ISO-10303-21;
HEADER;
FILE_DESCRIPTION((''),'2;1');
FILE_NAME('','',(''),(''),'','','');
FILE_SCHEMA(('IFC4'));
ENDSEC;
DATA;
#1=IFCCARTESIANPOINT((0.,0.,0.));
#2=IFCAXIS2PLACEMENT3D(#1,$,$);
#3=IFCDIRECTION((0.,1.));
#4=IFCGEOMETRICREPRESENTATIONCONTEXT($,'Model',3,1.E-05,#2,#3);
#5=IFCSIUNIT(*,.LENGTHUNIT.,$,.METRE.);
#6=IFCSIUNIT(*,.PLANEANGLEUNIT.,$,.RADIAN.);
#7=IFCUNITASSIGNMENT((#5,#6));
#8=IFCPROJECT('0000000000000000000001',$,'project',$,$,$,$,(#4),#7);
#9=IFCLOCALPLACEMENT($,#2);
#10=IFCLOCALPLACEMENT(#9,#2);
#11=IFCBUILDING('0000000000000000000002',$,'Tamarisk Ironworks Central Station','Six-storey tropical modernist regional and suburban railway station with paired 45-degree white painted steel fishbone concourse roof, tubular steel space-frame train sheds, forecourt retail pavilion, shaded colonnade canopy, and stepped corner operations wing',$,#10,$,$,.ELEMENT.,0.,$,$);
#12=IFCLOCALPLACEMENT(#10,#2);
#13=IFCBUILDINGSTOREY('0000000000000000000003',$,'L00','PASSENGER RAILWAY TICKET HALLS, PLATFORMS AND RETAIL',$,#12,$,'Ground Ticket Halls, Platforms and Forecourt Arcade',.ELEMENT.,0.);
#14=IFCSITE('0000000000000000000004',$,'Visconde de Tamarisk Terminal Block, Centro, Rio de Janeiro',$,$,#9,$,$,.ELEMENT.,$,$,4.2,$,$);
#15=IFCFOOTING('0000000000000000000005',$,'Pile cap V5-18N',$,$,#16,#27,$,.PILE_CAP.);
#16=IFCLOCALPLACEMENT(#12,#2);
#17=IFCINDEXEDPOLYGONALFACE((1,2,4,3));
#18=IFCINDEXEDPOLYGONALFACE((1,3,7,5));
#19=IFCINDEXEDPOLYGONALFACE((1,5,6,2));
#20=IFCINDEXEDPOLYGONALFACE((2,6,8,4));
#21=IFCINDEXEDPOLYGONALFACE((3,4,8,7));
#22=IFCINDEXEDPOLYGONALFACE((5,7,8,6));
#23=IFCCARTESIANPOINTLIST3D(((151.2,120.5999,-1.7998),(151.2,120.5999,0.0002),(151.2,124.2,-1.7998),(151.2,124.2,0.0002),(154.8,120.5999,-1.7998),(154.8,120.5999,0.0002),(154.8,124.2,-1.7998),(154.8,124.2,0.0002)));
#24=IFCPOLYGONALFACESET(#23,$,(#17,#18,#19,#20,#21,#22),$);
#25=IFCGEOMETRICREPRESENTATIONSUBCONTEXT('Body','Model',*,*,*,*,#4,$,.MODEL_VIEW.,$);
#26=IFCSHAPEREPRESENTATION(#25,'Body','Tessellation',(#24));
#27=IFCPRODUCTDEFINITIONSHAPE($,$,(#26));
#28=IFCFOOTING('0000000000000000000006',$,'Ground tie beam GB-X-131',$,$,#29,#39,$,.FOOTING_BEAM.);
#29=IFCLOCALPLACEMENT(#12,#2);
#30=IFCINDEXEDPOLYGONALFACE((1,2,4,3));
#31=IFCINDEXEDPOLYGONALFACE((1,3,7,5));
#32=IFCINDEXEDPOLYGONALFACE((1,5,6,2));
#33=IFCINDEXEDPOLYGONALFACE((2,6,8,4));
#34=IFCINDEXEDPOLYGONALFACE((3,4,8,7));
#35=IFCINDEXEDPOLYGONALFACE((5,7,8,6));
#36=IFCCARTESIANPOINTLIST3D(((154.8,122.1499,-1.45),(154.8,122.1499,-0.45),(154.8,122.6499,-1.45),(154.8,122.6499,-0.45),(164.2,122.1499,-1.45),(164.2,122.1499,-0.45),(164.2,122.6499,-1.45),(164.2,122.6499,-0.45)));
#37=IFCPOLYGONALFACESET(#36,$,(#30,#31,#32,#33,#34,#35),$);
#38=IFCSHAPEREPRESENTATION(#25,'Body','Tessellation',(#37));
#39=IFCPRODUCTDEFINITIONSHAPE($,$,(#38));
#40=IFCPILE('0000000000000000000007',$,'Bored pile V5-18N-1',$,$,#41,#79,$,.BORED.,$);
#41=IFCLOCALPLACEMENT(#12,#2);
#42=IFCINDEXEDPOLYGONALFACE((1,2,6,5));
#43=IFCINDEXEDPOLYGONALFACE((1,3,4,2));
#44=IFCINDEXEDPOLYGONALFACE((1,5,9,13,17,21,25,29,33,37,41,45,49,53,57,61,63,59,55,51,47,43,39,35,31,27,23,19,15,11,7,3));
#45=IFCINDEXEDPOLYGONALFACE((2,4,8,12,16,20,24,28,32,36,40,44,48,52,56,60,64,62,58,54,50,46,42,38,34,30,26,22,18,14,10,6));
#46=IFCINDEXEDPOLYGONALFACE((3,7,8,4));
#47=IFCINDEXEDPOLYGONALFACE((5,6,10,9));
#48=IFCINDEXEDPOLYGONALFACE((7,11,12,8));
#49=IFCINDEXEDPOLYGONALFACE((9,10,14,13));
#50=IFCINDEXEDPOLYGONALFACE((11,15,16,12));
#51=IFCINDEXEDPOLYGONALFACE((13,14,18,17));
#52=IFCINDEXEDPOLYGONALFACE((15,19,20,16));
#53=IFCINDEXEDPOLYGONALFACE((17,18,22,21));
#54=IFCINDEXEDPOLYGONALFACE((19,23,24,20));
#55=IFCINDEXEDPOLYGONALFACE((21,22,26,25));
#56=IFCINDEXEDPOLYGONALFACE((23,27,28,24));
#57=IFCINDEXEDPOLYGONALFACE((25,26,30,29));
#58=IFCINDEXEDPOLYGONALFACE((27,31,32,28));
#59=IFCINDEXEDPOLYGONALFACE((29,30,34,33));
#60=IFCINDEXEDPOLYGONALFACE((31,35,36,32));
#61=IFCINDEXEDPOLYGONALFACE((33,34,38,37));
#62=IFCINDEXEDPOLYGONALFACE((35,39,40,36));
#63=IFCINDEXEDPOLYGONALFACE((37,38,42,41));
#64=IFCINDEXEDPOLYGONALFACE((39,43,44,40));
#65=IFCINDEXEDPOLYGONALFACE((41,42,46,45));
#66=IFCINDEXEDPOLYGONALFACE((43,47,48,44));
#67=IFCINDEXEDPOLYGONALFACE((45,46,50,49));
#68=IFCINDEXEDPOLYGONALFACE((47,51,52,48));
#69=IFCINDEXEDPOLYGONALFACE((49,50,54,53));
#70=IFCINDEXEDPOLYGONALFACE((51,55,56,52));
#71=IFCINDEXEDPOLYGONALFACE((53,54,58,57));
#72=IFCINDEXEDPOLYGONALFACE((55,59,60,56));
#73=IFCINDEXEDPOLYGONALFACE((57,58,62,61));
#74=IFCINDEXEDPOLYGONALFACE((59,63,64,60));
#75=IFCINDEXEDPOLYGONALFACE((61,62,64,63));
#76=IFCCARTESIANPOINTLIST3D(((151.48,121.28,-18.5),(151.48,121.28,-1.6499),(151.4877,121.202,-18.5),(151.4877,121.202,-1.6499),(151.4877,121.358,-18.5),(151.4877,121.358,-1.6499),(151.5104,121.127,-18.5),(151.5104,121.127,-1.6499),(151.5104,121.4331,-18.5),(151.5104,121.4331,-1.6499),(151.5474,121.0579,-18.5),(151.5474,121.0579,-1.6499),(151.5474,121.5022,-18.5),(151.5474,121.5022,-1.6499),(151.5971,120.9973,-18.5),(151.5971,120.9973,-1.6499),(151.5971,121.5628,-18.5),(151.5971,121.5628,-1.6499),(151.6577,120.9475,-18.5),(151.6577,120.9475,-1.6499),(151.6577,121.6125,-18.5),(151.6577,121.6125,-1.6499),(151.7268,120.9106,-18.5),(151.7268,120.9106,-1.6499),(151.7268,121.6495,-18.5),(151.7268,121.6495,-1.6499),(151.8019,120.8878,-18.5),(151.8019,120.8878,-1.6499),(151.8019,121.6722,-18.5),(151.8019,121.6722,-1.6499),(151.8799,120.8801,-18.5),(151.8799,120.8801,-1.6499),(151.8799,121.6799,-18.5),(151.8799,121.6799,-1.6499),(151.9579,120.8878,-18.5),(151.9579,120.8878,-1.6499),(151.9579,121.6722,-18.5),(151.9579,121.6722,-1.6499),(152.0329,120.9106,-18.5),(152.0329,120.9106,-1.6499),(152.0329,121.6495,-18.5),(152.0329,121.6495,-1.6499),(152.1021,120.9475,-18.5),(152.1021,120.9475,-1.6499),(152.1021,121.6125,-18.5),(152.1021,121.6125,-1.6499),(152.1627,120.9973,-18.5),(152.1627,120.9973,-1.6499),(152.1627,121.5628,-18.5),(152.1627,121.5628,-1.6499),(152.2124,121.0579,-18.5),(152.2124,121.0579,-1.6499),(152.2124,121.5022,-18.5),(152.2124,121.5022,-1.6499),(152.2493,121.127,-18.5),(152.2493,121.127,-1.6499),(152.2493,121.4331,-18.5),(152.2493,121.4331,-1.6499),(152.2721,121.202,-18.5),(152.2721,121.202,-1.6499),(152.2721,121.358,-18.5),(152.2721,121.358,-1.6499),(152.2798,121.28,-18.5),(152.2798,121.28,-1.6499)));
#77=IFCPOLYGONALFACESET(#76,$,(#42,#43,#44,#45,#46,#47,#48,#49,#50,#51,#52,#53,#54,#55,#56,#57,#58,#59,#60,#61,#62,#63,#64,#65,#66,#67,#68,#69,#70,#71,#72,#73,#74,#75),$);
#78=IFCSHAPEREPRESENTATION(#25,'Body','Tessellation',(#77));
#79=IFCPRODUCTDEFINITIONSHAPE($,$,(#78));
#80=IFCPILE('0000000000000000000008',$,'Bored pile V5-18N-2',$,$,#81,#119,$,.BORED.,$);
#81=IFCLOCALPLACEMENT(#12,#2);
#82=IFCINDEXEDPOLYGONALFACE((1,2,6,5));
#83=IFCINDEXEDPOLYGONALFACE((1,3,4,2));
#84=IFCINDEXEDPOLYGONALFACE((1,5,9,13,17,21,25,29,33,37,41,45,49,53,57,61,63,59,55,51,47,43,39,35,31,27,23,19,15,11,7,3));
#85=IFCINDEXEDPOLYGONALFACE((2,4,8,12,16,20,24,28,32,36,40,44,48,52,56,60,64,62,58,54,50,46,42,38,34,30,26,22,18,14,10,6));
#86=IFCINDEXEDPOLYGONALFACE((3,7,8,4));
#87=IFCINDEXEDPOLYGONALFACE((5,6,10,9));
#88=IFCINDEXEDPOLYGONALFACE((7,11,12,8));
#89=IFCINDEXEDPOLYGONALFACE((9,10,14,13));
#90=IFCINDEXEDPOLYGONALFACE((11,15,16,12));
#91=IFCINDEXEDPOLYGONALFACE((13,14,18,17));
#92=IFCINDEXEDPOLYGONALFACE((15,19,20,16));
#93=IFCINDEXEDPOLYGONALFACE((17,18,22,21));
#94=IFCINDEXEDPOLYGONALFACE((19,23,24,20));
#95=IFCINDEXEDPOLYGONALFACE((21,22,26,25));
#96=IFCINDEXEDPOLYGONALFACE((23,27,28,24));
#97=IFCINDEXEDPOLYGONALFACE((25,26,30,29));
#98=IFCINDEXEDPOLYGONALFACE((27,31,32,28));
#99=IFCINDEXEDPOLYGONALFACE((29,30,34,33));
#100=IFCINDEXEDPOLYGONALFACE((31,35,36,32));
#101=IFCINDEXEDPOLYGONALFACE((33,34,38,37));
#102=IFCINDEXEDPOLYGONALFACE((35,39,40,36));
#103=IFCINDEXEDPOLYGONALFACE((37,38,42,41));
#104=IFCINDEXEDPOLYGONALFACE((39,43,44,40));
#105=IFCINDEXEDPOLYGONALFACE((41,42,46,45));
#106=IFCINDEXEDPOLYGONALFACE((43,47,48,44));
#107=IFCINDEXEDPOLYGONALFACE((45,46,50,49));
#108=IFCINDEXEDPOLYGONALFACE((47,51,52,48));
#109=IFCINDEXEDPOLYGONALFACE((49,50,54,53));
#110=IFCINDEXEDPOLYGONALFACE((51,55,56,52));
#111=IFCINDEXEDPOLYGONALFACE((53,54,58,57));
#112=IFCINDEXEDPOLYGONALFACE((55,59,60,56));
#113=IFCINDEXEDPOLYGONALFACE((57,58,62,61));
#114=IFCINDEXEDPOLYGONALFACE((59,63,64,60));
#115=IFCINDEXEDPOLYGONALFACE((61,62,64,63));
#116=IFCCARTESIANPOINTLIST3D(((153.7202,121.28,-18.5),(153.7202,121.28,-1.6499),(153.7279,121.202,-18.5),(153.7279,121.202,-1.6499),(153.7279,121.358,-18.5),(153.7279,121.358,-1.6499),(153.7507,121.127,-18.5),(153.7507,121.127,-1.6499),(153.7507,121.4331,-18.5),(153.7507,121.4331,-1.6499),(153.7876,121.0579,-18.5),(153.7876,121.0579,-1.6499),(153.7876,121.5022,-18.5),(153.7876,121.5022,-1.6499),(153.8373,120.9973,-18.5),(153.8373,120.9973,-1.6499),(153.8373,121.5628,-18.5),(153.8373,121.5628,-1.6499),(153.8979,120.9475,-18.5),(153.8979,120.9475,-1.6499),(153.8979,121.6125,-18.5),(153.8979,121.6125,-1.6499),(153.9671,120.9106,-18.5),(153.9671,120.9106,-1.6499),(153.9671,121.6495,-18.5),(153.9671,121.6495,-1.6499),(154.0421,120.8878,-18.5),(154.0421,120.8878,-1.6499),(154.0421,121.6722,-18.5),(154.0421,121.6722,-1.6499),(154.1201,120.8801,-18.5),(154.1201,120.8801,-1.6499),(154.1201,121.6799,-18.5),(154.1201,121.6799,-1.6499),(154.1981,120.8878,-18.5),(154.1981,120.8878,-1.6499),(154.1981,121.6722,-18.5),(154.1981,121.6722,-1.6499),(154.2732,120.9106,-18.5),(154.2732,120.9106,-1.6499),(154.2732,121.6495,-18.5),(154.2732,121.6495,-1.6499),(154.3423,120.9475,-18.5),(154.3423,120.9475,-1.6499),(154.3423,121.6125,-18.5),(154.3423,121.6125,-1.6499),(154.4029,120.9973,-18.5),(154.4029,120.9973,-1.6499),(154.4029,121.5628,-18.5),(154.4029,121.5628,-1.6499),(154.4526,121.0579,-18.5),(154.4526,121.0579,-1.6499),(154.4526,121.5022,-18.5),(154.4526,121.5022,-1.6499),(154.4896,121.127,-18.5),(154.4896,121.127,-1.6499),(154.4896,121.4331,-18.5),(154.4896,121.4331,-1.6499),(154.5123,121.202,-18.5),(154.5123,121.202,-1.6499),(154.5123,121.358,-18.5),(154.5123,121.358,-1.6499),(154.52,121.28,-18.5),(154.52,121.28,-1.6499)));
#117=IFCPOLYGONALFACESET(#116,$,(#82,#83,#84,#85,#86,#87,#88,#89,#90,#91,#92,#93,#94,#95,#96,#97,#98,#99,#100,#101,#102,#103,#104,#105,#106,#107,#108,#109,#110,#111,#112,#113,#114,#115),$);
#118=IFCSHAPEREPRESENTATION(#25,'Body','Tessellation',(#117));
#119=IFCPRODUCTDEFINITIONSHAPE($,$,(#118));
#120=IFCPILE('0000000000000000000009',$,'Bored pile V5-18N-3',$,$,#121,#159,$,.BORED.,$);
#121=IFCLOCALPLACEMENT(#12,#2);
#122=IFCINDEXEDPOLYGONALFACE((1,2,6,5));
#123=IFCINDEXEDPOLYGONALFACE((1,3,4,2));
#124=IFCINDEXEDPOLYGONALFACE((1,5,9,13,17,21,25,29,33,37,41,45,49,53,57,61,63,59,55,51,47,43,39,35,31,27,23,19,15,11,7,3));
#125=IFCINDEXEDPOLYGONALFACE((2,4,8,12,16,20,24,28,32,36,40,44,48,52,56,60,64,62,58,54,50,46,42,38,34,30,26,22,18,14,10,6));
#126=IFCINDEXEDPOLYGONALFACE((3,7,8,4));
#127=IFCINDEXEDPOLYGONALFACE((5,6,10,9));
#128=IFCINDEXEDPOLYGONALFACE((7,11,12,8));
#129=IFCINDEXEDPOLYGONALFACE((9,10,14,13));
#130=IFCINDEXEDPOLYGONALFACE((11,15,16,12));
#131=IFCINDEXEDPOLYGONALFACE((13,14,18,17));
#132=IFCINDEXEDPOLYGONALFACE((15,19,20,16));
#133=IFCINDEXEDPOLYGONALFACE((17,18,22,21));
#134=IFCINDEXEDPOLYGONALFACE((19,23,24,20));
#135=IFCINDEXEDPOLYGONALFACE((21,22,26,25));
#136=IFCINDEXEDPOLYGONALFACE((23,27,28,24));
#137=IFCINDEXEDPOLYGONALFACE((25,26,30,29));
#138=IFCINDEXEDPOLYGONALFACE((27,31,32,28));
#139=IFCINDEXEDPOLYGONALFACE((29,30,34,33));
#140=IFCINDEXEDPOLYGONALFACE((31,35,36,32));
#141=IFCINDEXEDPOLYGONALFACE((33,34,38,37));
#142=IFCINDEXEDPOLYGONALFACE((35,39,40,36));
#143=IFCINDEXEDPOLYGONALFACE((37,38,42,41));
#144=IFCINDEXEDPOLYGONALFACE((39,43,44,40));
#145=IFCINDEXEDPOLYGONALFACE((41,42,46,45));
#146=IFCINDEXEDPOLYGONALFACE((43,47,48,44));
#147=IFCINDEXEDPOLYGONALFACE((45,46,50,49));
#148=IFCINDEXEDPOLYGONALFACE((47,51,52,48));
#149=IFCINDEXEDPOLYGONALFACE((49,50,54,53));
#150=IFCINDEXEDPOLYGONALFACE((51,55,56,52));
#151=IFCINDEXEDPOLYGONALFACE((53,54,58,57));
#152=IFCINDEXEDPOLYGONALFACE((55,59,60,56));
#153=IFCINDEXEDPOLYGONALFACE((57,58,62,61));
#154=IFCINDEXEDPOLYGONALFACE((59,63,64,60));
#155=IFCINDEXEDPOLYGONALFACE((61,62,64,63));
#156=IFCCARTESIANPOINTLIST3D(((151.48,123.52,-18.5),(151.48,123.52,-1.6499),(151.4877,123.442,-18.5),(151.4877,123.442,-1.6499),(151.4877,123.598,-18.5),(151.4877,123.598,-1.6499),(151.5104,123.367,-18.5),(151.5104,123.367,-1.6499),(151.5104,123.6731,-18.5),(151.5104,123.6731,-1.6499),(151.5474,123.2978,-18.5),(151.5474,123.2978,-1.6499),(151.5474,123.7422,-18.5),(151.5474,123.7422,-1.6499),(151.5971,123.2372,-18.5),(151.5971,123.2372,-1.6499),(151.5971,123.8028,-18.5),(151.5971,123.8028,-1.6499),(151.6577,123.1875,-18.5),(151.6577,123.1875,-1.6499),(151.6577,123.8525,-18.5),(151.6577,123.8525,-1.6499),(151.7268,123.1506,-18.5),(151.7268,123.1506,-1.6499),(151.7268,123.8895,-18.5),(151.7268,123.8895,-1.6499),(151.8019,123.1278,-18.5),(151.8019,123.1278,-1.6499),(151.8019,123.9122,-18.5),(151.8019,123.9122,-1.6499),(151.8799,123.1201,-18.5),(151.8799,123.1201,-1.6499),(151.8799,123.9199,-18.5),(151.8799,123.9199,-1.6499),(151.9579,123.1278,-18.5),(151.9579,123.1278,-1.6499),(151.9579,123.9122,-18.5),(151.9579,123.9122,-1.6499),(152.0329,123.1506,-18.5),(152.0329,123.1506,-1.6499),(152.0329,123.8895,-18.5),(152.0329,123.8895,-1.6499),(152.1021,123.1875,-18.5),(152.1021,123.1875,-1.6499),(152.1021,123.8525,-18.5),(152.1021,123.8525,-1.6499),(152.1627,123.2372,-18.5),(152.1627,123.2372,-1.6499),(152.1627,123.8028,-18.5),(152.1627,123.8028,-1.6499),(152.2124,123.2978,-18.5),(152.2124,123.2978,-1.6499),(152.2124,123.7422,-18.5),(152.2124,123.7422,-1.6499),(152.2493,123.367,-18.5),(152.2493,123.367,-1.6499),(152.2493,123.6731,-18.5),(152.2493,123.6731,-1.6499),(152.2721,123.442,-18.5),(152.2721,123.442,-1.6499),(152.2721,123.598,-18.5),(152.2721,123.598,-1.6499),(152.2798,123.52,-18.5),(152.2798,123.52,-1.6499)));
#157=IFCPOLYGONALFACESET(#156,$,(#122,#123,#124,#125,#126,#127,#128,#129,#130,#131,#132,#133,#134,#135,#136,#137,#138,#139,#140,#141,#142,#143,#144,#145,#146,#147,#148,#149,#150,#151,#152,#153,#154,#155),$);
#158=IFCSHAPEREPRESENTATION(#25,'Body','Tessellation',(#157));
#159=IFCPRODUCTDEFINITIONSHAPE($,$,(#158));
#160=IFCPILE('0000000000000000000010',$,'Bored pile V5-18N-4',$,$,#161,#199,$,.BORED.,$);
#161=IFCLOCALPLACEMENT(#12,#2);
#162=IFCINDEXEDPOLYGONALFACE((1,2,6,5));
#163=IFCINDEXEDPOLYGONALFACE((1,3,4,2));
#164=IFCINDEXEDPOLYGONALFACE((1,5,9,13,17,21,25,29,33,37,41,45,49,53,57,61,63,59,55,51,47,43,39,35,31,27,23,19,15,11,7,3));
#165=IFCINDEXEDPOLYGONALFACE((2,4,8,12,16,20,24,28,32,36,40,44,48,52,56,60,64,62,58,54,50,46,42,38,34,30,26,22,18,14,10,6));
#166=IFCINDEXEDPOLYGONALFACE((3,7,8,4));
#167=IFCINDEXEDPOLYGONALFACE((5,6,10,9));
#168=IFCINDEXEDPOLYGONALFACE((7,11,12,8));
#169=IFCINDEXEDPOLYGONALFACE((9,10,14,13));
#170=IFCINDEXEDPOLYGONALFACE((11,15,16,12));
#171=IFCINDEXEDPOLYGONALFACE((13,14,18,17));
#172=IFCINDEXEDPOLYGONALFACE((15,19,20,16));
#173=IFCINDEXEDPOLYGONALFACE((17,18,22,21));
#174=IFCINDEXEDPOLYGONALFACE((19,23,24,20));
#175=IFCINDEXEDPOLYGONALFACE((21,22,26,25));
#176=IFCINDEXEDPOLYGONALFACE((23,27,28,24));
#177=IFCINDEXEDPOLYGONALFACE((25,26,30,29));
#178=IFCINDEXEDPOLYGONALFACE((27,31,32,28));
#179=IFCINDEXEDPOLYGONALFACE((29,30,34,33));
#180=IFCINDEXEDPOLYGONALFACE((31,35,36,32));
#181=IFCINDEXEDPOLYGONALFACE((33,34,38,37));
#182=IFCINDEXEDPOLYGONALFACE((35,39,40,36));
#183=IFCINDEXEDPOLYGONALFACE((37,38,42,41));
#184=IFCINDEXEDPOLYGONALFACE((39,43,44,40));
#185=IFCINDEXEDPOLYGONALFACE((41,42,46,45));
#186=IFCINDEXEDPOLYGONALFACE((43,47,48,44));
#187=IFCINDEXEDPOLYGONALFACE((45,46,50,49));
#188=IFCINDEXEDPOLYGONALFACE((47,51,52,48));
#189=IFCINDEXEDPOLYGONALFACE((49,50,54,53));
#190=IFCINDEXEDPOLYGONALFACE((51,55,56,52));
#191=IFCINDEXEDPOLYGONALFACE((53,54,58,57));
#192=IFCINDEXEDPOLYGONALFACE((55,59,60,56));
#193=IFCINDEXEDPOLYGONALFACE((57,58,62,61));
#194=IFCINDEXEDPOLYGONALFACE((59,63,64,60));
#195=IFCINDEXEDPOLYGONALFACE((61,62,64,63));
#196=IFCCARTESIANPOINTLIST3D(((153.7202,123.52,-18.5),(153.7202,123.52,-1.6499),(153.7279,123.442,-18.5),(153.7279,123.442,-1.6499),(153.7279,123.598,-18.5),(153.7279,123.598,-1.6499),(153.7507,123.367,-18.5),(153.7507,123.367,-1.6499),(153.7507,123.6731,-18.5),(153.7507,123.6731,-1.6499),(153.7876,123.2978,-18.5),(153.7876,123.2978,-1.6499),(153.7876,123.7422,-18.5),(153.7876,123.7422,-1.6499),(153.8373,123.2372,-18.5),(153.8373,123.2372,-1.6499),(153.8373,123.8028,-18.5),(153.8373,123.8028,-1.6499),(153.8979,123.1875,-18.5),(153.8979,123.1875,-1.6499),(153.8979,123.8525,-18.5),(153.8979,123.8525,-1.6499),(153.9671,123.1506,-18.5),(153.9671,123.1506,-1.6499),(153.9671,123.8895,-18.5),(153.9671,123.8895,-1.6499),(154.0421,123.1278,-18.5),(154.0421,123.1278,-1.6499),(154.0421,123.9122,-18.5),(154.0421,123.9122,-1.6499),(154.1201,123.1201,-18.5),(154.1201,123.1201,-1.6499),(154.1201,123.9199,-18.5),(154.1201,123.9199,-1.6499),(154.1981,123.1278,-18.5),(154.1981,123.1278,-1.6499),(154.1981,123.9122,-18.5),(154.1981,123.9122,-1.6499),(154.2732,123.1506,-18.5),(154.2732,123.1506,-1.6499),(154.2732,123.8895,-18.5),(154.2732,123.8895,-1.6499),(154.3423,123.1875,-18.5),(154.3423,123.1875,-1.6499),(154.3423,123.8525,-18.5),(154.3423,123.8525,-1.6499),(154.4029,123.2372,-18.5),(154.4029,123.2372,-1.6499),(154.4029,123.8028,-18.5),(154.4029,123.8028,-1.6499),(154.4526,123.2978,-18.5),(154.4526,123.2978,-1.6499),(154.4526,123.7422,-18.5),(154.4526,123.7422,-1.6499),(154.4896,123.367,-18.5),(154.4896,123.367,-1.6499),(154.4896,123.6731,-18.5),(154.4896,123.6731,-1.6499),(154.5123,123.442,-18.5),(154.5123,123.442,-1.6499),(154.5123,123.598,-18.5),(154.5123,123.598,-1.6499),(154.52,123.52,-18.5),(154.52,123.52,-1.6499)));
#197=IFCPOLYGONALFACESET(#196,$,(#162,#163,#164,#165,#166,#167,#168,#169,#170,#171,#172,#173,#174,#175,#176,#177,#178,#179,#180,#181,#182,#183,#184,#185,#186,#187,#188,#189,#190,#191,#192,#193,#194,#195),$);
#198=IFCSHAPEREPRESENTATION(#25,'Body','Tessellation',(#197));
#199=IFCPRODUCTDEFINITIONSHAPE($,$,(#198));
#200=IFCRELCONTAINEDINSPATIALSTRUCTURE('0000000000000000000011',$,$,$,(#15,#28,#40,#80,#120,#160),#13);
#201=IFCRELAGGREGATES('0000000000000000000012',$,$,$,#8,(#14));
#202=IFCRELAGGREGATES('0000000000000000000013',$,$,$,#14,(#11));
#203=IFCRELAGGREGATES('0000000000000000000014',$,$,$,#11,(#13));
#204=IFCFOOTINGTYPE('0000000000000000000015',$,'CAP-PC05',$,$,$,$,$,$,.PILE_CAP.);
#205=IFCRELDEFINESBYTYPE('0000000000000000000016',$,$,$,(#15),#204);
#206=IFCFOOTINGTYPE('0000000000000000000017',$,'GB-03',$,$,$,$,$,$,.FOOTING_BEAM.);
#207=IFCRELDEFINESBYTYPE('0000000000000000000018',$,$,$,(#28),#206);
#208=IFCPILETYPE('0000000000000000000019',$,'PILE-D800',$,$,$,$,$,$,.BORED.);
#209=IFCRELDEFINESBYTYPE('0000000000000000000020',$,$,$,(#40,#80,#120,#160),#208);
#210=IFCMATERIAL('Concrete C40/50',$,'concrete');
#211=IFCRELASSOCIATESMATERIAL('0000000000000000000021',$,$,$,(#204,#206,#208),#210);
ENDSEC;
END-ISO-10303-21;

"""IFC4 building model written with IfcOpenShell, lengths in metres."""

from ifc_helpers import new_model, si_unit, direction, frame, origin, origin_2d, place, context, subcontext, project, spatial, rectangle, circle, extrude, material, material_profile, profile_set, type_object, element, save


model = new_model("IFC4")

# Units and contexts
model_context = context("Model", 3, precision=1e-05, world=origin(), true_north=direction((0.0, 1.0)))
body_context = subcontext(model_context, "Body", "Model", "MODEL_VIEW")
ifc_project = project(units=[si_unit("LENGTHUNIT", "METRE"), si_unit("PLANEANGLEUNIT", "RADIAN")], contexts=[model_context])

# Site, building, storey
site_placement = place(None, origin())
site = spatial("IfcSite", under=ifc_project, at=site_placement, Name="Visconde de Tamarisk Terminal Block, Centro, Rio de Janeiro", CompositionType="ELEMENT", RefElevation=4.2)
building_placement = place(site_placement, origin())
building = spatial("IfcBuilding", under=site, at=building_placement, Name="Tamarisk Ironworks Central Station", Description="Six-storey tropical modernist regional and suburban railway station with paired 45-degree white painted steel fishbone concourse roof, tubular steel space-frame train sheds, forecourt retail pavilion, shaded colonnade canopy, and stepped corner operations wing", CompositionType="ELEMENT", ElevationOfRefHeight=0.0)
storey_placement = place(building_placement, origin())
storey = spatial("IfcBuildingStorey", under=building, at=storey_placement, Name="L00", Description="PASSENGER RAILWAY TICKET HALLS, PLATFORMS AND RETAIL", LongName="Ground Ticket Halls, Platforms and Forecourt Arcade", CompositionType="ELEMENT", Elevation=0.0)

# Footings
ifc_material_1 = material(Name="Concrete C40/50", Category="concrete")
footing_type_1 = type_object("IfcFootingType", Name="CAP-PC05", PredefinedType="PILE_CAP", material=ifc_material_1)
footing_1_placement = place(storey_placement, frame((153.0, 122.3999, -1.7998), z_axis=(0.0, 0.0, 1.0), x_axis=(1.0, 0.0, 0.0)))
element("IfcFooting", 1, at=footing_1_placement, inside=storey, type_object=footing_type_1, Name="Pile cap V5-18N", PredefinedType="PILE_CAP", context=body_context, shape_type="SweptSolid", body=[
    extrude(rectangle(XDim=3.6001, YDim=3.6001, at=origin_2d()), origin(), (0.0, 0.0, 1.0), 1.8),
])
ifc_material_profile_1 = material_profile(ifc_material_1, rectangle(XDim=0.5, YDim=1.0, at=origin_2d()), Name="GB03 500x1000")
ifc_profile_set_1 = profile_set([ifc_material_profile_1], Name="Concrete C40/50")
footing_type_2 = type_object("IfcFootingType", Name="GB-03", PredefinedType="FOOTING_BEAM", material=ifc_profile_set_1)
footing_2_placement = place(storey_placement, frame((154.8, 122.3999, -0.95), z_axis=(1.0, 0.0, 0.0), x_axis=(0.0, 1.0, 0.0)))
element("IfcFooting", 2, at=footing_2_placement, inside=storey, type_object=footing_type_2, Name="Ground tie beam GB-X-131", PredefinedType="FOOTING_BEAM", context=body_context, shape_type="SweptSolid", body=[
    extrude(rectangle(XDim=0.5, YDim=1.0, at=origin_2d()), origin(), (0.0, 0.0, 1.0), 9.3999),
])

# Piles
ifc_material_profile_2 = material_profile(ifc_material_1, circle(Radius=0.3999, at=origin_2d()), Name="BORED PILE D800")
ifc_profile_set_2 = profile_set([ifc_material_profile_2], Name="Concrete C40/50")
pile_type = type_object("IfcPileType", Name="PILE-D800", PredefinedType="BORED", material=ifc_profile_set_2)
for number, where, z_axis, x_axis, name in (
    (3, (151.8799, 121.28, -1.6499), (0.0, 0.0, -1.0), (1.0, 0.0, 0.0), "Bored pile V5-18N-1"),
    (4, (154.1201, 121.28, -1.6499), (0.0, 0.0, -1.0), (1.0, 0.0, 0.0), "Bored pile V5-18N-2"),
    (5, (151.8799, 123.52, -1.6499), (0.0, 0.0, -1.0), (1.0, 0.0, 0.0), "Bored pile V5-18N-3"),
    (6, (154.1201, 123.52, -1.6499), (0.0, 0.0, -1.0), (1.0, 0.0, 0.0), "Bored pile V5-18N-4"),
):
    element("IfcPile", number, at=place(storey_placement, frame(where, z_axis=z_axis, x_axis=x_axis)), inside=storey, type_object=pile_type, Name=name, PredefinedType="BORED", context=body_context, shape_type="SweptSolid", body=[
        extrude(circle(Radius=0.3999, at=origin_2d()), origin(), (0.0, 0.0, 1.0), 16.8501),
    ])

save(model, "model.ifc")
